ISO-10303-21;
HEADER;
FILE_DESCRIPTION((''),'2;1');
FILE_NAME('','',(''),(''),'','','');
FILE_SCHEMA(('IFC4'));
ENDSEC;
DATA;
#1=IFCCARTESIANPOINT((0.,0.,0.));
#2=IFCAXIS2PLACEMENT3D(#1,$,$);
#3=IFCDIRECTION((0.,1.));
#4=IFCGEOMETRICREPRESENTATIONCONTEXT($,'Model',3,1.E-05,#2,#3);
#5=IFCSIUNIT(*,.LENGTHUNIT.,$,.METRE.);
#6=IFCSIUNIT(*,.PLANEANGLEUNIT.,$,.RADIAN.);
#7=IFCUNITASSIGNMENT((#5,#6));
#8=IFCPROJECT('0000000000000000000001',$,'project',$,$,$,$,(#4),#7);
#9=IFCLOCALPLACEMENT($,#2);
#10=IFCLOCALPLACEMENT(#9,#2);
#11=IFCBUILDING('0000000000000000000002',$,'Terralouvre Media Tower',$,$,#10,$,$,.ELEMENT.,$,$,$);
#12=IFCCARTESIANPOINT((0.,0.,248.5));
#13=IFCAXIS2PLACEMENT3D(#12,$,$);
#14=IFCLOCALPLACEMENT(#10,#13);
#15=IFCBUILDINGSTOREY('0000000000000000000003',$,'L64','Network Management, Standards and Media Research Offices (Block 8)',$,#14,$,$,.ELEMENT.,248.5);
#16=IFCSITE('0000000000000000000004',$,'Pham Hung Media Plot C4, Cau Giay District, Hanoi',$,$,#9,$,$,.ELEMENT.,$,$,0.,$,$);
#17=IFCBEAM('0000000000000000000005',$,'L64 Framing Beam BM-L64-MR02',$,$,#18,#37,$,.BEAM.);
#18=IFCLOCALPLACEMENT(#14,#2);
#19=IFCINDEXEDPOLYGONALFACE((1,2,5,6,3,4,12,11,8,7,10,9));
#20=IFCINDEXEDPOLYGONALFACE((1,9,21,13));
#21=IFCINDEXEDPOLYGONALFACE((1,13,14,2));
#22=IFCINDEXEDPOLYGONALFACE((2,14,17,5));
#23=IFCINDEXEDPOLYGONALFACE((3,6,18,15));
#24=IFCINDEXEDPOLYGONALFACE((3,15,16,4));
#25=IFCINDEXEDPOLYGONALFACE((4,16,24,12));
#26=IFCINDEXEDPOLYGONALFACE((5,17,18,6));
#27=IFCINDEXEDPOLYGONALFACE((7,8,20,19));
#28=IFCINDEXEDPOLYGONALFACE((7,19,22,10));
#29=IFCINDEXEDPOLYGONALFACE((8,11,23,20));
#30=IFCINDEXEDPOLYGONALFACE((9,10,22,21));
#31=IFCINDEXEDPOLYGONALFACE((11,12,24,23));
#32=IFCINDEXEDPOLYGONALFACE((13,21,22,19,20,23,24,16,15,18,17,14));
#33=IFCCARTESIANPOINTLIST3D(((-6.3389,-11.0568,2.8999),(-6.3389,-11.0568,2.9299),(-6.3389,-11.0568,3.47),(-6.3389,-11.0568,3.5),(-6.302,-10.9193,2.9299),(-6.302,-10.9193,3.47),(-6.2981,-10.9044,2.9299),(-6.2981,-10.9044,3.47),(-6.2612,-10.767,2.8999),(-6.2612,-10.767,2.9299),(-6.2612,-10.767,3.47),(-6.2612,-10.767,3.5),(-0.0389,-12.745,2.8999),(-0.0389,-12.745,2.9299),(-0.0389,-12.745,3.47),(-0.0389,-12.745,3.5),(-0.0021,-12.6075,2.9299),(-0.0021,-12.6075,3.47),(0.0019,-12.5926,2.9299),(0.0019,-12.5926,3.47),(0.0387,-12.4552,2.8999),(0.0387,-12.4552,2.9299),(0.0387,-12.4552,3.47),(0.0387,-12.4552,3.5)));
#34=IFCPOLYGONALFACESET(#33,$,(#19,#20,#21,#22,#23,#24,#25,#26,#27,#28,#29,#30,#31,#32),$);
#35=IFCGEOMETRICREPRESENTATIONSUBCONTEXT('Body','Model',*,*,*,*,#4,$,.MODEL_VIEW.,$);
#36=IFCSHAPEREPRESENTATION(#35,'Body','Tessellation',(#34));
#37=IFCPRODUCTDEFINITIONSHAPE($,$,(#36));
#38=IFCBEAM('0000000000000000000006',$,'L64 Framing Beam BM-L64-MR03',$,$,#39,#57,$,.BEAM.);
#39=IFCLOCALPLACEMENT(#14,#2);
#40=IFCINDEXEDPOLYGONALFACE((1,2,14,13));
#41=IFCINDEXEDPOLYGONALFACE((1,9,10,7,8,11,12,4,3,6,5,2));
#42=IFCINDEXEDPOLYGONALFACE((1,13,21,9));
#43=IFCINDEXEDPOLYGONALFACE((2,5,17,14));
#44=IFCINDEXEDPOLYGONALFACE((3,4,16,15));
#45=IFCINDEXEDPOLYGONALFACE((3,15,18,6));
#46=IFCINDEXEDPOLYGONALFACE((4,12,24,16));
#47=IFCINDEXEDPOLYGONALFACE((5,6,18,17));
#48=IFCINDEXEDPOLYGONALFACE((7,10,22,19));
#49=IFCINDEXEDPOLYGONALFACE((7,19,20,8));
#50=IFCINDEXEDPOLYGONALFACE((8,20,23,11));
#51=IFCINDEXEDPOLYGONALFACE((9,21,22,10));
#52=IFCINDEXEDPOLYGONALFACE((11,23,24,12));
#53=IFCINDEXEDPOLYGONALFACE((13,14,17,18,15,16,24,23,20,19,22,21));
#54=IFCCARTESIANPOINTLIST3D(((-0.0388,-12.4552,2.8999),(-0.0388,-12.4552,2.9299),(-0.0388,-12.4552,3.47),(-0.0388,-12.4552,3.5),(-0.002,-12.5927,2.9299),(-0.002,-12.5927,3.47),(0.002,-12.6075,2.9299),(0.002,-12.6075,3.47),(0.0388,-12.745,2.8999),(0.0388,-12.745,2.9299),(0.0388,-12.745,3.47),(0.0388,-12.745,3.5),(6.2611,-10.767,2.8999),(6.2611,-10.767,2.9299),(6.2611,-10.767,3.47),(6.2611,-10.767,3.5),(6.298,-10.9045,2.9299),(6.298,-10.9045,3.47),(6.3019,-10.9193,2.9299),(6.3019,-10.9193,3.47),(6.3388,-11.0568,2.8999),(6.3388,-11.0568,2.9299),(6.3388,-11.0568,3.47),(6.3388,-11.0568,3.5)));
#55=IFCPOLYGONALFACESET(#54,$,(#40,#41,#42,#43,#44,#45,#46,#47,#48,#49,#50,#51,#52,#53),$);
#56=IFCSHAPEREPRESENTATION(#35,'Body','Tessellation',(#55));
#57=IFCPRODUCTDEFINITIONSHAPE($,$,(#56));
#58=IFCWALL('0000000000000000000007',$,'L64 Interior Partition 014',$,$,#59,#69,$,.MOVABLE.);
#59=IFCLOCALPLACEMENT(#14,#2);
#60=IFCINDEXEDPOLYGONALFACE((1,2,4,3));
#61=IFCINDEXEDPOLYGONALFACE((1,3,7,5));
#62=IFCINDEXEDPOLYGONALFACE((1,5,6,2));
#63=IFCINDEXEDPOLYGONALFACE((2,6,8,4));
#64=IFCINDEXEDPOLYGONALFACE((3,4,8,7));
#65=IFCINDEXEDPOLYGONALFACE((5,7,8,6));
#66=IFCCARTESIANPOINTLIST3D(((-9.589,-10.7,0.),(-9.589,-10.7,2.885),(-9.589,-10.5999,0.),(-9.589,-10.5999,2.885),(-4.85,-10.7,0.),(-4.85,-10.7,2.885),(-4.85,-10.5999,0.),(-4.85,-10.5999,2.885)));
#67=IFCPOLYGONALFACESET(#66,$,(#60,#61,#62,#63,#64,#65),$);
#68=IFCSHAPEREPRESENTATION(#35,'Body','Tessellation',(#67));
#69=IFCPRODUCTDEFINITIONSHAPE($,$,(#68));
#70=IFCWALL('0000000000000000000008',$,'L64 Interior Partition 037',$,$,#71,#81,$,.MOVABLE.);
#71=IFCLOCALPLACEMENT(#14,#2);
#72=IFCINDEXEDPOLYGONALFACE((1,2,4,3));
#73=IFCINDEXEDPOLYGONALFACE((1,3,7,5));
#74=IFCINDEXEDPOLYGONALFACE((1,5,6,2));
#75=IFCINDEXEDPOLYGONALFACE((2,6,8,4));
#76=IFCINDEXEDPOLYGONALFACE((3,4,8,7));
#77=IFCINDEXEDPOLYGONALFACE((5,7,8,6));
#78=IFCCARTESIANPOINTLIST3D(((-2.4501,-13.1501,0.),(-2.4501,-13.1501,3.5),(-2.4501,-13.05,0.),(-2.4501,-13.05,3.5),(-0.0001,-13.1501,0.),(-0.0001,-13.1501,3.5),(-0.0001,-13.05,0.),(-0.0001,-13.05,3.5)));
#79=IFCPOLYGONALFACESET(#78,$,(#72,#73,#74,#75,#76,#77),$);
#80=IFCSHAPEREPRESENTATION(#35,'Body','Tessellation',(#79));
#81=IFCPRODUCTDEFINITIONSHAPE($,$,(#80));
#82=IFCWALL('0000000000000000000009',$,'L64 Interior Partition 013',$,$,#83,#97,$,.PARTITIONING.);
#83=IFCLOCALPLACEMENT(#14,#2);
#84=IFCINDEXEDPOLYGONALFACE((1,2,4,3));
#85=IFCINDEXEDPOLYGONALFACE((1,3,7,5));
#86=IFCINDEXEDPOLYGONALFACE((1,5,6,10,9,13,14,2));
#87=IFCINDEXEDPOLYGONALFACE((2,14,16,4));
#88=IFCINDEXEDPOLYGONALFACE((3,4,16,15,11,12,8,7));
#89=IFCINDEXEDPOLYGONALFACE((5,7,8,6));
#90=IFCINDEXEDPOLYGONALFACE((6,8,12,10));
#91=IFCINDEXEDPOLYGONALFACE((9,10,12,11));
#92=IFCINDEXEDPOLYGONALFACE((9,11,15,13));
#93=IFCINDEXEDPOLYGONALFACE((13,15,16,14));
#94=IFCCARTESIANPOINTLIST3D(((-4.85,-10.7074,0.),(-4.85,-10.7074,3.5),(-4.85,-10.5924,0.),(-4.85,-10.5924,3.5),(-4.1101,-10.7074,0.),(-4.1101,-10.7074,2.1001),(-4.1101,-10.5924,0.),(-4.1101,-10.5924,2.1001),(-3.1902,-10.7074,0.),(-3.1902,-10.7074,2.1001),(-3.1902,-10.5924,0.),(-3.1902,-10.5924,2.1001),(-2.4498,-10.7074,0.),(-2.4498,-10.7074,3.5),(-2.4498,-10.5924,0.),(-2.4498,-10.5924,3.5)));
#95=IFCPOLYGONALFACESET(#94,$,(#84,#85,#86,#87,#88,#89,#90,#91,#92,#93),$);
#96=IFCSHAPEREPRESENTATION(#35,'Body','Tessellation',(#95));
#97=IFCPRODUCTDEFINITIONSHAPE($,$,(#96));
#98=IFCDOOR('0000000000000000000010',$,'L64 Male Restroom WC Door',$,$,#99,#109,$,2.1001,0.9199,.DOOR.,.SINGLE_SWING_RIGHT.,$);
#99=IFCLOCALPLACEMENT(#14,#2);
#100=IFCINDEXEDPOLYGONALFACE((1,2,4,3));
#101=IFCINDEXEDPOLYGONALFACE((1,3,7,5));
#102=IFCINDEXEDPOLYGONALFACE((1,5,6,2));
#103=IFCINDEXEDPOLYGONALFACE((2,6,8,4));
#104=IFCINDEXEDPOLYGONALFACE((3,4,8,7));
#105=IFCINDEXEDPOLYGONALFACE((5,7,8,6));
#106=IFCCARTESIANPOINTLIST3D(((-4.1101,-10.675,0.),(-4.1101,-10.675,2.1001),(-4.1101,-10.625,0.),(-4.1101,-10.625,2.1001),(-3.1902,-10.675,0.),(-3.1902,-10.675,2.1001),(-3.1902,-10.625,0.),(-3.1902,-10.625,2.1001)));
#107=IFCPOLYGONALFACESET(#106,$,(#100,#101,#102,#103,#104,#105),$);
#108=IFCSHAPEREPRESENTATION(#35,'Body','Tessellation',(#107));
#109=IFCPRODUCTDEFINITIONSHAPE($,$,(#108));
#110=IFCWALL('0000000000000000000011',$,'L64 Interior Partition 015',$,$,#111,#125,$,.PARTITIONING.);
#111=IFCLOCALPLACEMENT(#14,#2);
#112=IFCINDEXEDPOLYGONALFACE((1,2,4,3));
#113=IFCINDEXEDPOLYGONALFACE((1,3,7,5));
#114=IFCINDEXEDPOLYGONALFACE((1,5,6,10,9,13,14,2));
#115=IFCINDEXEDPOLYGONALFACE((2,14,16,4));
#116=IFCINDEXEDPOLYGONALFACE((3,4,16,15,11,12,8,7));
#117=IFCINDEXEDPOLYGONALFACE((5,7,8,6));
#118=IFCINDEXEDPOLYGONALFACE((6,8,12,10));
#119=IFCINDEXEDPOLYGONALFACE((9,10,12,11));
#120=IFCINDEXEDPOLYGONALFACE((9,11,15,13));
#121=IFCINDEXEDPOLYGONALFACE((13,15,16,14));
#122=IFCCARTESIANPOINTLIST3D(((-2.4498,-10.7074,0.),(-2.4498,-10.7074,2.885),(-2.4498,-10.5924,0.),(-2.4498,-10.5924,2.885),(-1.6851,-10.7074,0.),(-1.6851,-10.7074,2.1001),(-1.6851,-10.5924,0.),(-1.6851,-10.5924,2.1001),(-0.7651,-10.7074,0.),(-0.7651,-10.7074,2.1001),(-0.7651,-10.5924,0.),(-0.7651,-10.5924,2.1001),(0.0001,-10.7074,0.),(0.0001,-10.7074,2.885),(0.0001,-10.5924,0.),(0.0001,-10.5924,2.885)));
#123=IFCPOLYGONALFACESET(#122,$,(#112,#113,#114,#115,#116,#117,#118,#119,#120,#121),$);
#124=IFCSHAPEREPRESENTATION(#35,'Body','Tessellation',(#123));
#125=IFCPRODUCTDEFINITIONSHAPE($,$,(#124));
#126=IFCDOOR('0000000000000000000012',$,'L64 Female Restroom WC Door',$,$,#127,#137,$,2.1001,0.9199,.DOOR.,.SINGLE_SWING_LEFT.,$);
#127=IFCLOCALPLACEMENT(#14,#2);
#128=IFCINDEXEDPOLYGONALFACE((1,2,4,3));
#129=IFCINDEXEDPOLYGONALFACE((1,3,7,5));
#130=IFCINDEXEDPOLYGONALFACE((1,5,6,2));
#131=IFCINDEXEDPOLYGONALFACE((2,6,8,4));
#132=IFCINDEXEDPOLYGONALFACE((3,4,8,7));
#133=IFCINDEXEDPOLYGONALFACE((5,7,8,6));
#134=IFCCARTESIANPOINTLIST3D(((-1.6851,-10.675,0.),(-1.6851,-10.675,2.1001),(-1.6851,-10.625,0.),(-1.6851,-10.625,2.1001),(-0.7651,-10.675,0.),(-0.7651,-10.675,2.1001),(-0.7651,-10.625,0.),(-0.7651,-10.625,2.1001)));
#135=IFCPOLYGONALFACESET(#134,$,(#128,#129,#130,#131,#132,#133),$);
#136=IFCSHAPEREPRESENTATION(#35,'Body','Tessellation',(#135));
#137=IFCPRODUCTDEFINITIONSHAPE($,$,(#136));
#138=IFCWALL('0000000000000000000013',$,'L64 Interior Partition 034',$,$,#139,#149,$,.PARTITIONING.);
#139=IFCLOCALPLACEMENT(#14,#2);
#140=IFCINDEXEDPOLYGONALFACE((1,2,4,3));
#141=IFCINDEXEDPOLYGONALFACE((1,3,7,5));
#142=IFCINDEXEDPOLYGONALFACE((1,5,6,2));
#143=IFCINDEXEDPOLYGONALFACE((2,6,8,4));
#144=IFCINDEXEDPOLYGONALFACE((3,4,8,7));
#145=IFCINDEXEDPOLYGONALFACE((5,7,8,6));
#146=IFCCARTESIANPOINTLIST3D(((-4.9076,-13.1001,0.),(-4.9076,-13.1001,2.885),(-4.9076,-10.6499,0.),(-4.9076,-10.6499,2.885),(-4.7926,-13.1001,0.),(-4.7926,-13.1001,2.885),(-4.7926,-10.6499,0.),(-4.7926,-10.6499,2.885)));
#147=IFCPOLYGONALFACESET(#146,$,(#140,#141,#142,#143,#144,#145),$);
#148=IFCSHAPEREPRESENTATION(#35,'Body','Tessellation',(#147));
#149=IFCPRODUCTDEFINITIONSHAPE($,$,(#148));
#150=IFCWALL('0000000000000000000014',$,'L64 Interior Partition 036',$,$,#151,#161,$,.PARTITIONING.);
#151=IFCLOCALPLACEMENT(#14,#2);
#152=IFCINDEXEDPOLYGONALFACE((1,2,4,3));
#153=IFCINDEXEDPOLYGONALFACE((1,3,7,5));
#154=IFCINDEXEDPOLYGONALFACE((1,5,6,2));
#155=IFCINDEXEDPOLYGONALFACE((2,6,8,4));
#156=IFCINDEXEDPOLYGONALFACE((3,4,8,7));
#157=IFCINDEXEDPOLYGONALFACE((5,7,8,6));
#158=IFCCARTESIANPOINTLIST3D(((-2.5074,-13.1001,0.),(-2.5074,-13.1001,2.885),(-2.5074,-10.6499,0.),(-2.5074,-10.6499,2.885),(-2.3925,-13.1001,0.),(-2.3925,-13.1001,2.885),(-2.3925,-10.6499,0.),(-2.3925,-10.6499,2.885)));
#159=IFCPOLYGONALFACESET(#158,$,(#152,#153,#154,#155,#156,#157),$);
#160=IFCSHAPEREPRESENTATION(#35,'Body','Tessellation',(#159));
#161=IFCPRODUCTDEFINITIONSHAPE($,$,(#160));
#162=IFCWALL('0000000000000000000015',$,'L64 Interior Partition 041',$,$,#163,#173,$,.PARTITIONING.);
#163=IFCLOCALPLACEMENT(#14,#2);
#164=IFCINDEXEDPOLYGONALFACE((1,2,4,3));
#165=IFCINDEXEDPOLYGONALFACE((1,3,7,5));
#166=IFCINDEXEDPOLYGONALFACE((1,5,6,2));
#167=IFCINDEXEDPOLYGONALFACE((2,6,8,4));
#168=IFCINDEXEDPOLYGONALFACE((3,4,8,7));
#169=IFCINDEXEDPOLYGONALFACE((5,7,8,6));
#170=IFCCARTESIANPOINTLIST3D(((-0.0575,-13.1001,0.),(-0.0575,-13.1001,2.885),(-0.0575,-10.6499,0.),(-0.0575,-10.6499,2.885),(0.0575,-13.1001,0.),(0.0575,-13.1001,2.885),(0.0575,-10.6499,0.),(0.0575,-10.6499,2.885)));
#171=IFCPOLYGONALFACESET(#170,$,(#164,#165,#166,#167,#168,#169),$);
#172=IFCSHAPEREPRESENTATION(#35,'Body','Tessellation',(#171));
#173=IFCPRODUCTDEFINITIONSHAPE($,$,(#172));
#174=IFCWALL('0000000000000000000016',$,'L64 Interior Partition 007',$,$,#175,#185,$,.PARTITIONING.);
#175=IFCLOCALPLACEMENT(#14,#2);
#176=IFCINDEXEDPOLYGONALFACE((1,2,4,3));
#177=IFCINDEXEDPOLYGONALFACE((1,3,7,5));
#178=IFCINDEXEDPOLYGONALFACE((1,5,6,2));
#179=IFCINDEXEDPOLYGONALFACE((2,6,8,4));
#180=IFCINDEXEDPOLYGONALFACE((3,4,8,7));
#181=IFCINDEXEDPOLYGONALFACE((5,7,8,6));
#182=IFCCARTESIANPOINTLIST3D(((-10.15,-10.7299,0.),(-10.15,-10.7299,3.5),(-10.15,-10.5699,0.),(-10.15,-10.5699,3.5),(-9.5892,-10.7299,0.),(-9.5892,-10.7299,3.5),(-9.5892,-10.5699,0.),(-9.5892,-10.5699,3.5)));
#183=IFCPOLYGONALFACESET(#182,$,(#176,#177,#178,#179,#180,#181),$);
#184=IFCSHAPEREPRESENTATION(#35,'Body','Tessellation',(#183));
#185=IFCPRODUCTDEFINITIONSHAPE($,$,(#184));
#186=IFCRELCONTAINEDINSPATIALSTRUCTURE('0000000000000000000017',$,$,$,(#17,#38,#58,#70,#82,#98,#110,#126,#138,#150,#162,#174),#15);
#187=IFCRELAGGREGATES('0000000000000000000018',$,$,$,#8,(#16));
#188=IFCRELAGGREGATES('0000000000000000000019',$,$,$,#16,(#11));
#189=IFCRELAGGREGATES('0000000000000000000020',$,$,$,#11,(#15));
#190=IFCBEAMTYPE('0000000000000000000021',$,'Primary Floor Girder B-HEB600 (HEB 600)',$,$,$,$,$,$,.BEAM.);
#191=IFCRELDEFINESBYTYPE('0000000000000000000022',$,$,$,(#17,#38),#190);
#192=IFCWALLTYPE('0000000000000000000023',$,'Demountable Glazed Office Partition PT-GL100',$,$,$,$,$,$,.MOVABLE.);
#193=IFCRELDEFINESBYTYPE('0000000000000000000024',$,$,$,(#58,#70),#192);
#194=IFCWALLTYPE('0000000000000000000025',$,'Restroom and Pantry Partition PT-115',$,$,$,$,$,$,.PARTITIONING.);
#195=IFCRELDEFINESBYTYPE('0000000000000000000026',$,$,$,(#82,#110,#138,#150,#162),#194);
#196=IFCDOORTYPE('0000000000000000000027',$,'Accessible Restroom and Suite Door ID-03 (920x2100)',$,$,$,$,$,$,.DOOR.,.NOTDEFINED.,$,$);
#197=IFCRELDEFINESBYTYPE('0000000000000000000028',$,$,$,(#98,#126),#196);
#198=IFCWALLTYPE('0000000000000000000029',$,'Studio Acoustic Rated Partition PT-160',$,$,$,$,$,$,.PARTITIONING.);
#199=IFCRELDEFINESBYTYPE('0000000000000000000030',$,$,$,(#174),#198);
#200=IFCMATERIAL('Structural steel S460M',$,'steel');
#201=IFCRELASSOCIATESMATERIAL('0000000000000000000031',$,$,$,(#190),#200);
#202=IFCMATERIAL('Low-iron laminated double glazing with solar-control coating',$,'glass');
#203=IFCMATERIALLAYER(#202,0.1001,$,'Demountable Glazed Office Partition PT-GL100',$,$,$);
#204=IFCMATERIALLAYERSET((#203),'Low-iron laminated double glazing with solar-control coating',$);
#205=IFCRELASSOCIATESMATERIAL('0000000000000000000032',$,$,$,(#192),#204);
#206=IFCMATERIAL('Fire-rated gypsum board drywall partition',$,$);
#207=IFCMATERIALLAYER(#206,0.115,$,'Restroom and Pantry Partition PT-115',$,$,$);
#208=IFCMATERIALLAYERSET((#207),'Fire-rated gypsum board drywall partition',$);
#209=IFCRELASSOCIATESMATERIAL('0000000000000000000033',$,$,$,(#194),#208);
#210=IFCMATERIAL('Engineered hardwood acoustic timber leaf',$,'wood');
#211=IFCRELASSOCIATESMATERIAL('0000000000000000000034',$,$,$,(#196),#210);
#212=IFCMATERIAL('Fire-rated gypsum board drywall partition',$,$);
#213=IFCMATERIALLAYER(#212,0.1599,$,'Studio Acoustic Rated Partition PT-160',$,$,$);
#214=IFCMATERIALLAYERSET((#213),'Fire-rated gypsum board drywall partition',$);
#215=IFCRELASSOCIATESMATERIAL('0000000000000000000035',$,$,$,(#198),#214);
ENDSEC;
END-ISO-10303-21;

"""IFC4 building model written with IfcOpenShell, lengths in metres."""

from ifc_helpers import new_model, si_unit, direction, frame, frame_2d, origin, origin_2d, place, context, subcontext, project, spatial, rectangle, i_section, extrude, material, layer, layer_set, material_profile, profile_set, type_object, element, fill, save


model = new_model("IFC4")

# Units and contexts
model_context = context("Model", 3, precision=1e-05, world=origin(), true_north=direction((0.0, 1.0)))
body_context = subcontext(model_context, "Body", "Model", "MODEL_VIEW")
ifc_project = project(units=[si_unit("LENGTHUNIT", "METRE"), si_unit("PLANEANGLEUNIT", "RADIAN")], contexts=[model_context])

# Site, building, storey
site_placement = place(None, origin())
site = spatial("IfcSite", under=ifc_project, at=site_placement, Name="Pham Hung Media Plot C4, Cau Giay District, Hanoi", CompositionType="ELEMENT", RefElevation=0.0)
building_placement = place(site_placement, origin())
building = spatial("IfcBuilding", under=site, at=building_placement, Name="Terralouvre Media Tower", CompositionType="ELEMENT")
storey_placement = place(building_placement, frame((0.0, 0.0, 248.5)))
storey = spatial("IfcBuildingStorey", under=building, at=storey_placement, Name="L64", Description="Network Management, Standards and Media Research Offices (Block 8)", CompositionType="ELEMENT", Elevation=248.5)

# Beams
ifc_material_1 = material(Name="Structural steel S460M", Category="steel")
ifc_material_profile_1 = material_profile(ifc_material_1, i_section(OverallWidth=0.3, OverallDepth=0.6001, WebThickness=0.0154, FlangeThickness=0.03, at=origin_2d()), Name="HEB 600")
ifc_profile_set_1 = profile_set([ifc_material_profile_1], Name="Structural steel S460M")
beam_type_1 = type_object("IfcBeamType", Name="Primary Floor Girder B-HEB600 (HEB 600)", PredefinedType="BEAM", material=ifc_profile_set_1)
for number, where, z_axis, x_axis, name in (
    (1, (-6.3, -10.9119, 3.2), (0.96592, -0.258839, 0.0), (0.258839, 0.96592, 0.0), "L64 Framing Beam BM-L64-MR02"),
    (2, (0.0, -12.6001, 3.2), (0.96592, 0.258839, 0.0), (-0.258839, 0.96592, 0.0), "L64 Framing Beam BM-L64-MR03"),
):
    element("IfcBeam", number, at=place(storey_placement, frame(where, z_axis=z_axis, x_axis=x_axis)), inside=storey, type_object=beam_type_1, Name=name, PredefinedType="BEAM", context=body_context, shape_type="SweptSolid", body=[
        extrude(i_section(OverallWidth=0.3, OverallDepth=0.6001, WebThickness=0.0154, FlangeThickness=0.03, at=origin_2d()), origin(), (0.0, 0.0, 1.0), 6.5222),
    ])

# Walls
ifc_material_2 = material(Name="Low-iron laminated double glazing with solar-control coating", Category="glass")
ifc_layer_1 = layer(ifc_material_2, 0.1001, Name="Demountable Glazed Office Partition PT-GL100")
ifc_layer_set_1 = layer_set([ifc_layer_1], Name="Low-iron laminated double glazing with solar-control coating")
wall_type_1 = type_object("IfcWallType", Name="Demountable Glazed Office Partition PT-GL100", PredefinedType="MOVABLE", material=ifc_layer_set_1)
wall_1_placement = place(storey_placement, frame((-9.5891, -10.6499, 0.0), z_axis=(0.0, 0.0, 1.0), x_axis=(1.0, 0.0, 0.0)))
element("IfcWall", 3, at=wall_1_placement, inside=storey, type_object=wall_type_1, Name="L64 Interior Partition 014", PredefinedType="MOVABLE", context=body_context, shape_type="SweptSolid", body=[
    extrude(rectangle(XDim=4.739, YDim=0.1001, at=frame_2d((2.3696, 0.0))), origin(), (0.0, 0.0, 1.0), 2.885),
])
wall_2_placement = place(storey_placement, frame((0.0, -13.1001, 0.0), z_axis=(0.0, 0.0, 1.0), x_axis=(-1.0, 0.0, 0.0)))
element("IfcWall", 4, at=wall_2_placement, inside=storey, type_object=wall_type_1, Name="L64 Interior Partition 037", PredefinedType="MOVABLE", context=body_context, shape_type="SweptSolid", body=[
    extrude(rectangle(XDim=2.45, YDim=0.1001, at=frame_2d((1.2251, 0.0))), origin(), (0.0, 0.0, 1.0), 3.5),
])

# Walls, openings, doors
ifc_material_3 = material(Name="Fire-rated gypsum board drywall partition")
ifc_layer_2 = layer(ifc_material_3, 0.115, Name="Restroom and Pantry Partition PT-115")
ifc_layer_set_2 = layer_set([ifc_layer_2], Name="Fire-rated gypsum board drywall partition")
wall_type_2 = type_object("IfcWallType", Name="Restroom and Pantry Partition PT-115", PredefinedType="PARTITIONING", material=ifc_layer_set_2)
wall_3_placement = place(storey_placement, frame((-4.8501, -10.6499, 0.0), z_axis=(0.0, 0.0, 1.0), x_axis=(1.0, 0.0, 0.0)))
wall_3 = element("IfcWall", 5, at=wall_3_placement, inside=storey, type_object=wall_type_2, Name="L64 Interior Partition 013", PredefinedType="PARTITIONING", context=body_context, shape_type="SweptSolid", body=[
    extrude(rectangle(XDim=2.4001, YDim=0.115, at=frame_2d((1.2002, 0.0))), origin(), (0.0, 0.0, 1.0), 3.5),
])
opening_1_placement = place(wall_3_placement, frame((0.74, 0.0, 0.0)))
opening_1 = element("IfcOpeningElement", 6, at=opening_1_placement, cuts=wall_3, PredefinedType="OPENING", context=body_context, shape_type="SweptSolid", body=[
    extrude(rectangle(XDim=0.9199, YDim=2.1001, at=frame_2d((0.46, 1.05))), frame((0.0, 0.0674, 0.0), z_axis=(0.0, -1.0, 0.0), x_axis=(1.0, 0.0, 0.0)), (0.0, 0.0, 1.0), 0.135),
])
ifc_material_4 = material(Name="Engineered hardwood acoustic timber leaf", Category="wood")
door_type = type_object("IfcDoorType", Name="Accessible Restroom and Suite Door ID-03 (920x2100)", OperationType="NOTDEFINED", PredefinedType="DOOR", material=ifc_material_4)
door_1_placement = place(opening_1_placement, origin())
door_1 = element("IfcDoor", 7, at=door_1_placement, inside=storey, type_object=door_type, Name="L64 Male Restroom WC Door", OperationType="SINGLE_SWING_RIGHT", OverallHeight=2.1001, OverallWidth=0.9199, PredefinedType="DOOR", context=body_context, shape_type="SweptSolid", body=[
    extrude(rectangle(XDim=0.9199, YDim=2.1001, at=frame_2d((0.46, 1.05))), frame((0.0, 0.0249, 0.0), z_axis=(0.0, -1.0, 0.0), x_axis=(1.0, 0.0, 0.0)), (0.0, 0.0, 1.0), 0.05),
])
fill(opening_1, door_1)
wall_4_placement = place(storey_placement, frame((-2.45, -10.6499, 0.0), z_axis=(0.0, 0.0, 1.0), x_axis=(1.0, 0.0, 0.0)))
wall_4 = element("IfcWall", 8, at=wall_4_placement, inside=storey, type_object=wall_type_2, Name="L64 Interior Partition 015", PredefinedType="PARTITIONING", context=body_context, shape_type="SweptSolid", body=[
    extrude(rectangle(XDim=2.45, YDim=0.115, at=frame_2d((1.2251, 0.0))), origin(), (0.0, 0.0, 1.0), 2.885),
])
opening_2_placement = place(wall_4_placement, frame((0.7649, 0.0, 0.0)))
opening_2 = element("IfcOpeningElement", 9, at=opening_2_placement, cuts=wall_4, PredefinedType="OPENING", context=body_context, shape_type="SweptSolid", body=[
    extrude(rectangle(XDim=0.9199, YDim=2.1001, at=frame_2d((0.46, 1.05))), frame((0.0, 0.0674, 0.0), z_axis=(0.0, -1.0, 0.0), x_axis=(1.0, 0.0, 0.0)), (0.0, 0.0, 1.0), 0.135),
])
door_2_placement = place(opening_2_placement, origin())
door_2 = element("IfcDoor", 10, at=door_2_placement, inside=storey, type_object=door_type, Name="L64 Female Restroom WC Door", OperationType="SINGLE_SWING_LEFT", OverallHeight=2.1001, OverallWidth=0.9199, PredefinedType="DOOR", context=body_context, shape_type="SweptSolid", body=[
    extrude(rectangle(XDim=0.9199, YDim=2.1001, at=frame_2d((0.46, 1.05))), frame((0.0, 0.0249, 0.0), z_axis=(0.0, -1.0, 0.0), x_axis=(1.0, 0.0, 0.0)), (0.0, 0.0, 1.0), 0.05),
])
fill(opening_2, door_2)

# Walls
for number, where, z_axis, x_axis, name in (
    (11, (-4.8501, -10.6499, 0.0), (0.0, 0.0, 1.0), (0.0, -1.0, 0.0), "L64 Interior Partition 034"),
    (12, (-2.45, -13.1001, 0.0), (0.0, 0.0, 1.0), (0.0, 1.0, 0.0), "L64 Interior Partition 036"),
    (13, (0.0, -13.1001, 0.0), (0.0, 0.0, 1.0), (0.0, 1.0, 0.0), "L64 Interior Partition 041"),
):
    element("IfcWall", number, at=place(storey_placement, frame(where, z_axis=z_axis, x_axis=x_axis)), inside=storey, type_object=wall_type_2, Name=name, PredefinedType="PARTITIONING", context=body_context, shape_type="SweptSolid", body=[
        extrude(rectangle(XDim=2.4502, YDim=0.115, at=frame_2d((1.2251, 0.0))), origin(), (0.0, 0.0, 1.0), 2.885),
    ])
ifc_material_5 = material(Name="Fire-rated gypsum board drywall partition")
ifc_layer_3 = layer(ifc_material_5, 0.1599, Name="Studio Acoustic Rated Partition PT-160")
ifc_layer_set_3 = layer_set([ifc_layer_3], Name="Fire-rated gypsum board drywall partition")
wall_type_3 = type_object("IfcWallType", Name="Studio Acoustic Rated Partition PT-160", PredefinedType="PARTITIONING", material=ifc_layer_set_3)
wall_5_placement = place(storey_placement, frame((-10.1499, -10.6499, 0.0), z_axis=(0.0, 0.0, 1.0), x_axis=(1.0, 0.0, 0.0)))
element("IfcWall", 14, at=wall_5_placement, inside=storey, type_object=wall_type_3, Name="L64 Interior Partition 007", PredefinedType="PARTITIONING", context=body_context, shape_type="SweptSolid", body=[
    extrude(rectangle(XDim=0.5608, YDim=0.1599, at=frame_2d((0.2803, 0.0))), origin(), (0.0, 0.0, 1.0), 3.5),
])

save(model, "model.ifc")
